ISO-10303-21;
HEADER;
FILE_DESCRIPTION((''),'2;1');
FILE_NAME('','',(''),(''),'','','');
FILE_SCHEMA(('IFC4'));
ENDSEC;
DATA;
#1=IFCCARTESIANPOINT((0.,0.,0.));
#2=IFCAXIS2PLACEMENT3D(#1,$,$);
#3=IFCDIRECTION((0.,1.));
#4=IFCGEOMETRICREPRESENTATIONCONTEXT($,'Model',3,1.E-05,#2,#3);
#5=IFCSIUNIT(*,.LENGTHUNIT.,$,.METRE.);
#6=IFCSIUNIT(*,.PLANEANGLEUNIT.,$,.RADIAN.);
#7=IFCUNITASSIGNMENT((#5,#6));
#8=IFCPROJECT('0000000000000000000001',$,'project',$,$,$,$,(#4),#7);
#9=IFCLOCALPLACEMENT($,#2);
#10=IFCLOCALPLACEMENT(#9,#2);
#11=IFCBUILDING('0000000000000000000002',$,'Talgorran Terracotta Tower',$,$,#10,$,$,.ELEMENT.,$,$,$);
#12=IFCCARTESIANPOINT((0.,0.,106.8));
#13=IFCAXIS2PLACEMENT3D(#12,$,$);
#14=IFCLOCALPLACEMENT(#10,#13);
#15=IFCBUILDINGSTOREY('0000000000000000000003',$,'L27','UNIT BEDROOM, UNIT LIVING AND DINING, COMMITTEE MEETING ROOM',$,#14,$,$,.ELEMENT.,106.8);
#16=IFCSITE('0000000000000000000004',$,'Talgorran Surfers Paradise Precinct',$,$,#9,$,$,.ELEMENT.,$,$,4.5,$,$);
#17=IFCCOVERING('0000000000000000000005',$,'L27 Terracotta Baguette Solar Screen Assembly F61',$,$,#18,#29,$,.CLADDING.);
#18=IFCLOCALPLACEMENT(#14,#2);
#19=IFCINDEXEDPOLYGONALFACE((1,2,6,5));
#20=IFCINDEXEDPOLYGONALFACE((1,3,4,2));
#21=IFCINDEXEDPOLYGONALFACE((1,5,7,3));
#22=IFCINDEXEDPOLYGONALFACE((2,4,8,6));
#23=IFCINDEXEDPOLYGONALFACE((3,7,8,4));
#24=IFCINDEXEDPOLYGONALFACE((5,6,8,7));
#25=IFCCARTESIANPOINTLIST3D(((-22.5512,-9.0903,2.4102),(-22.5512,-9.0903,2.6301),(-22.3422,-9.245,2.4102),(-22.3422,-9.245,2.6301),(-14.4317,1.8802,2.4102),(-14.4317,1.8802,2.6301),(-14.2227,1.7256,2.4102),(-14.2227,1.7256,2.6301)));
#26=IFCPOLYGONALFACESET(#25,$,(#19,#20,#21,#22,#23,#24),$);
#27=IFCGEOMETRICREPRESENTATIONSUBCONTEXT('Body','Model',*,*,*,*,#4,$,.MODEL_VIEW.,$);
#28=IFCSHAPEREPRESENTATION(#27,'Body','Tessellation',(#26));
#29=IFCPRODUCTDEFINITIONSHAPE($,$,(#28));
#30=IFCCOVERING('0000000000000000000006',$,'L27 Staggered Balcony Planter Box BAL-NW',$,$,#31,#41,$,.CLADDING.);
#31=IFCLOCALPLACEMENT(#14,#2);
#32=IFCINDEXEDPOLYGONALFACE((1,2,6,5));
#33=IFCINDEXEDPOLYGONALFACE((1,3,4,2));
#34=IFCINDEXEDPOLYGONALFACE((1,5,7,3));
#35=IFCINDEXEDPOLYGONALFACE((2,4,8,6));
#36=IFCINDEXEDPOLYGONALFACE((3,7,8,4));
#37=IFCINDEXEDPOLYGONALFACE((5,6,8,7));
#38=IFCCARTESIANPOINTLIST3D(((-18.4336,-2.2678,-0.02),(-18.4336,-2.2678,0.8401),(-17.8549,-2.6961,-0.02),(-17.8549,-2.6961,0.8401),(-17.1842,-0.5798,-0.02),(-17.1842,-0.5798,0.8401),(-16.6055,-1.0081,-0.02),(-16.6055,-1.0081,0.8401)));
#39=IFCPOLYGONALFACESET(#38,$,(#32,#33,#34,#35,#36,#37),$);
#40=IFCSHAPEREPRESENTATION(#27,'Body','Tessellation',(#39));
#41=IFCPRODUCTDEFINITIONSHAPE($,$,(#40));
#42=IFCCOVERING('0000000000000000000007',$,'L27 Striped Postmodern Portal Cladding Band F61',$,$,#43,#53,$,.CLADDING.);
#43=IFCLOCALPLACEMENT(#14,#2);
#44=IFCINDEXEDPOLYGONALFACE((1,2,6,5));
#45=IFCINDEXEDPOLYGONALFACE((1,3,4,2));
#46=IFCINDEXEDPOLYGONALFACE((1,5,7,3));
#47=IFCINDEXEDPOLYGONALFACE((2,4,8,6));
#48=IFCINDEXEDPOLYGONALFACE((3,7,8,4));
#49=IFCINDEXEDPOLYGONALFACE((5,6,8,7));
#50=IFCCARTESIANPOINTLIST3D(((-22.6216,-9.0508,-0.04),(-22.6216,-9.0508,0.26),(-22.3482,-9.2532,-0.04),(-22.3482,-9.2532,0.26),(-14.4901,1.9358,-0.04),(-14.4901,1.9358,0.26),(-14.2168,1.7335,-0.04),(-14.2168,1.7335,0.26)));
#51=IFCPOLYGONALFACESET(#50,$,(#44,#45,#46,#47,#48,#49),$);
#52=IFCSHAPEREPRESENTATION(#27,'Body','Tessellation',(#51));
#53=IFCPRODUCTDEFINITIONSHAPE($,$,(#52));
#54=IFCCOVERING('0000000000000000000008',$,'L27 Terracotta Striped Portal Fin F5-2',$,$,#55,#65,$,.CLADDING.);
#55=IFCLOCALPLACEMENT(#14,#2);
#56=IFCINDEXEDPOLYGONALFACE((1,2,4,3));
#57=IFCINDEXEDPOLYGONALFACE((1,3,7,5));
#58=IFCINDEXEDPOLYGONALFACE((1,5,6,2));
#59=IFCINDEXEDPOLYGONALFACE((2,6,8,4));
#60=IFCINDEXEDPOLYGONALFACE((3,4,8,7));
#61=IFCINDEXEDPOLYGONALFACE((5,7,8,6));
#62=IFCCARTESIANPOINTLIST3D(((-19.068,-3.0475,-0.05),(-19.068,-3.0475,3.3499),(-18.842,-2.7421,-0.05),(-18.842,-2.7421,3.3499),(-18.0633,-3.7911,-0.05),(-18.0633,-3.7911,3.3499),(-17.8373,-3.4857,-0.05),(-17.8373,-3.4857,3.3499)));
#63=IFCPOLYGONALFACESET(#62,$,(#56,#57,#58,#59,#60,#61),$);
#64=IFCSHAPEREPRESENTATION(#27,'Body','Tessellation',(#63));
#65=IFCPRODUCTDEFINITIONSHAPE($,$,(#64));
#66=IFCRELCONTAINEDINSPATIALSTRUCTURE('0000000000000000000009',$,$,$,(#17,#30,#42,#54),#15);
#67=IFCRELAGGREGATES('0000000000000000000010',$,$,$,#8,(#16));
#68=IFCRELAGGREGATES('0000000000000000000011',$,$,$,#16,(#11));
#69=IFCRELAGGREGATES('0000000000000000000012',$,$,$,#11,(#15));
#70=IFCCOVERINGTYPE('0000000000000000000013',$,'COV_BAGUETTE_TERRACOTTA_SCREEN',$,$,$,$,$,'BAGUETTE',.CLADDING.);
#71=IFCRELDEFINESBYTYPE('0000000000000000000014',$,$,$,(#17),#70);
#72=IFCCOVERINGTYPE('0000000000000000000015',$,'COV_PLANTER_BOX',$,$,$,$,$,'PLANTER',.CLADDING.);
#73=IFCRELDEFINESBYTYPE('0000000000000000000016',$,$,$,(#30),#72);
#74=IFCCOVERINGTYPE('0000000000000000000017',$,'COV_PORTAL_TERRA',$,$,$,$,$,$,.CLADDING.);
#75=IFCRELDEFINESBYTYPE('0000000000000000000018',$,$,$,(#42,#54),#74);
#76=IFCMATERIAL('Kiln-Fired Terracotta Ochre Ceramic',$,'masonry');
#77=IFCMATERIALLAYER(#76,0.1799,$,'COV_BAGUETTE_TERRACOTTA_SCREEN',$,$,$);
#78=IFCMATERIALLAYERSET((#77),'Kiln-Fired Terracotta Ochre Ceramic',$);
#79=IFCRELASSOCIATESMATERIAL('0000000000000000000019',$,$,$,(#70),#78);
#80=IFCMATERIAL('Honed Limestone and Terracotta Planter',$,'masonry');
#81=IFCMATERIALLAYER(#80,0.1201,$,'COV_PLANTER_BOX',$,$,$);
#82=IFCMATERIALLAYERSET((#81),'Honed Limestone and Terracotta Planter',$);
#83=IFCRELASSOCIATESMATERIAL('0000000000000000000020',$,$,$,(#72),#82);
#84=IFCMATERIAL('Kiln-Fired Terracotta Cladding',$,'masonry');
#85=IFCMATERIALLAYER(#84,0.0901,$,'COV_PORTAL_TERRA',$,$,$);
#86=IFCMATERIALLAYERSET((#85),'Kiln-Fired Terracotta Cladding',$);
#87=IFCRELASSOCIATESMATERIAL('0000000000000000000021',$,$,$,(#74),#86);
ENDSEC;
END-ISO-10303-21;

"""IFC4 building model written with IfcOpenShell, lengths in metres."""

from ifc_helpers import new_model, si_unit, direction, frame, origin, origin_2d, place, context, subcontext, project, spatial, rectangle, extrude, material, layer, layer_set, type_object, element, save


model = new_model("IFC4")

# Units and contexts
model_context = context("Model", 3, precision=1e-05, world=origin(), true_north=direction((0.0, 1.0)))
body_context = subcontext(model_context, "Body", "Model", "MODEL_VIEW")
ifc_project = project(units=[si_unit("LENGTHUNIT", "METRE"), si_unit("PLANEANGLEUNIT", "RADIAN")], contexts=[model_context])

# Site, building, storey
site_placement = place(None, origin())
site = spatial("IfcSite", under=ifc_project, at=site_placement, Name="Talgorran Surfers Paradise Precinct", CompositionType="ELEMENT", RefElevation=4.5)
building_placement = place(site_placement, origin())
building = spatial("IfcBuilding", under=site, at=building_placement, Name="Talgorran Terracotta Tower", CompositionType="ELEMENT")
storey_placement = place(building_placement, frame((0.0, 0.0, 106.8)))
storey = spatial("IfcBuildingStorey", under=building, at=storey_placement, Name="L27", Description="UNIT BEDROOM, UNIT LIVING AND DINING, COMMITTEE MEETING ROOM", CompositionType="ELEMENT", Elevation=106.8)

# Coverings
ifc_material_1 = material(Name="Kiln-Fired Terracotta Ochre Ceramic", Category="masonry")
ifc_layer_1 = layer(ifc_material_1, 0.1799, Name="COV_BAGUETTE_TERRACOTTA_SCREEN")
ifc_layer_set_1 = layer_set([ifc_layer_1], Name="Kiln-Fired Terracotta Ochre Ceramic")
covering_type_1 = type_object("IfcCoveringType", Name="COV_BAGUETTE_TERRACOTTA_SCREEN", ElementType="BAGUETTE", PredefinedType="CLADDING", material=ifc_layer_set_1)
covering_1_placement = place(storey_placement, frame((-18.387, -3.6824, 2.4102), z_axis=(0.0, 0.0, 1.0), x_axis=(-0.594907, -0.803795, 0.0)))
element("IfcCovering", 1, at=covering_1_placement, inside=storey, type_object=covering_type_1, Name="L27 Terracotta Baguette Solar Screen Assembly F61", PredefinedType="CLADDING", context=body_context, shape_type="SweptSolid", body=[
    extrude(rectangle(XDim=13.6484, YDim=0.26, at=origin_2d()), origin(), (0.0, 0.0, 1.0), 0.22),
])
ifc_material_2 = material(Name="Honed Limestone and Terracotta Planter", Category="masonry")
ifc_layer_2 = layer(ifc_material_2, 0.1201, Name="COV_PLANTER_BOX")
ifc_layer_set_2 = layer_set([ifc_layer_2], Name="Honed Limestone and Terracotta Planter")
covering_type_2 = type_object("IfcCoveringType", Name="COV_PLANTER_BOX", ElementType="PLANTER", PredefinedType="CLADDING", material=ifc_layer_set_2)
covering_2_placement = place(storey_placement, frame((-17.5195, -1.6379, -0.02), z_axis=(0.0, 0.0, 1.0), x_axis=(-0.594907, -0.803795, 0.0)))
element("IfcCovering", 2, at=covering_2_placement, inside=storey, type_object=covering_type_2, Name="L27 Staggered Balcony Planter Box BAL-NW", PredefinedType="CLADDING", context=body_context, shape_type="SweptSolid", body=[
    extrude(rectangle(XDim=2.1001, YDim=0.72, at=origin_2d()), origin(), (0.0, 0.0, 1.0), 0.8601),
])
ifc_material_3 = material(Name="Kiln-Fired Terracotta Cladding", Category="masonry")
ifc_layer_3 = layer(ifc_material_3, 0.0901, Name="COV_PORTAL_TERRA")
ifc_layer_set_3 = layer_set([ifc_layer_3], Name="Kiln-Fired Terracotta Cladding")
covering_type_3 = type_object("IfcCoveringType", Name="COV_PORTAL_TERRA", PredefinedType="CLADDING", material=ifc_layer_set_3)
covering_3_placement = place(storey_placement, frame((-18.4192, -3.6587, -0.04), z_axis=(0.0, 0.0, 1.0), x_axis=(-0.594907, -0.803795, 0.0)))
element("IfcCovering", 3, at=covering_3_placement, inside=storey, type_object=covering_type_3, Name="L27 Striped Postmodern Portal Cladding Band F61", PredefinedType="CLADDING", context=body_context, shape_type="SweptSolid", body=[
    extrude(rectangle(XDim=13.6685, YDim=0.3401, at=origin_2d()), origin(), (0.0, 0.0, 1.0), 0.3),
])
covering_4_placement = place(storey_placement, frame((-18.4526, -3.2666, -0.05), z_axis=(0.0, 0.0, 1.0), x_axis=(-0.594907, -0.803795, 0.0)))
element("IfcCovering", 4, at=covering_4_placement, inside=storey, type_object=covering_type_3, Name="L27 Terracotta Striped Portal Fin F5-2", PredefinedType="CLADDING", context=body_context, shape_type="SweptSolid", body=[
    extrude(rectangle(XDim=0.3799, YDim=1.25, at=origin_2d()), origin(), (0.0, 0.0, 1.0), 3.3999),
])

save(model, "model.ifc")
